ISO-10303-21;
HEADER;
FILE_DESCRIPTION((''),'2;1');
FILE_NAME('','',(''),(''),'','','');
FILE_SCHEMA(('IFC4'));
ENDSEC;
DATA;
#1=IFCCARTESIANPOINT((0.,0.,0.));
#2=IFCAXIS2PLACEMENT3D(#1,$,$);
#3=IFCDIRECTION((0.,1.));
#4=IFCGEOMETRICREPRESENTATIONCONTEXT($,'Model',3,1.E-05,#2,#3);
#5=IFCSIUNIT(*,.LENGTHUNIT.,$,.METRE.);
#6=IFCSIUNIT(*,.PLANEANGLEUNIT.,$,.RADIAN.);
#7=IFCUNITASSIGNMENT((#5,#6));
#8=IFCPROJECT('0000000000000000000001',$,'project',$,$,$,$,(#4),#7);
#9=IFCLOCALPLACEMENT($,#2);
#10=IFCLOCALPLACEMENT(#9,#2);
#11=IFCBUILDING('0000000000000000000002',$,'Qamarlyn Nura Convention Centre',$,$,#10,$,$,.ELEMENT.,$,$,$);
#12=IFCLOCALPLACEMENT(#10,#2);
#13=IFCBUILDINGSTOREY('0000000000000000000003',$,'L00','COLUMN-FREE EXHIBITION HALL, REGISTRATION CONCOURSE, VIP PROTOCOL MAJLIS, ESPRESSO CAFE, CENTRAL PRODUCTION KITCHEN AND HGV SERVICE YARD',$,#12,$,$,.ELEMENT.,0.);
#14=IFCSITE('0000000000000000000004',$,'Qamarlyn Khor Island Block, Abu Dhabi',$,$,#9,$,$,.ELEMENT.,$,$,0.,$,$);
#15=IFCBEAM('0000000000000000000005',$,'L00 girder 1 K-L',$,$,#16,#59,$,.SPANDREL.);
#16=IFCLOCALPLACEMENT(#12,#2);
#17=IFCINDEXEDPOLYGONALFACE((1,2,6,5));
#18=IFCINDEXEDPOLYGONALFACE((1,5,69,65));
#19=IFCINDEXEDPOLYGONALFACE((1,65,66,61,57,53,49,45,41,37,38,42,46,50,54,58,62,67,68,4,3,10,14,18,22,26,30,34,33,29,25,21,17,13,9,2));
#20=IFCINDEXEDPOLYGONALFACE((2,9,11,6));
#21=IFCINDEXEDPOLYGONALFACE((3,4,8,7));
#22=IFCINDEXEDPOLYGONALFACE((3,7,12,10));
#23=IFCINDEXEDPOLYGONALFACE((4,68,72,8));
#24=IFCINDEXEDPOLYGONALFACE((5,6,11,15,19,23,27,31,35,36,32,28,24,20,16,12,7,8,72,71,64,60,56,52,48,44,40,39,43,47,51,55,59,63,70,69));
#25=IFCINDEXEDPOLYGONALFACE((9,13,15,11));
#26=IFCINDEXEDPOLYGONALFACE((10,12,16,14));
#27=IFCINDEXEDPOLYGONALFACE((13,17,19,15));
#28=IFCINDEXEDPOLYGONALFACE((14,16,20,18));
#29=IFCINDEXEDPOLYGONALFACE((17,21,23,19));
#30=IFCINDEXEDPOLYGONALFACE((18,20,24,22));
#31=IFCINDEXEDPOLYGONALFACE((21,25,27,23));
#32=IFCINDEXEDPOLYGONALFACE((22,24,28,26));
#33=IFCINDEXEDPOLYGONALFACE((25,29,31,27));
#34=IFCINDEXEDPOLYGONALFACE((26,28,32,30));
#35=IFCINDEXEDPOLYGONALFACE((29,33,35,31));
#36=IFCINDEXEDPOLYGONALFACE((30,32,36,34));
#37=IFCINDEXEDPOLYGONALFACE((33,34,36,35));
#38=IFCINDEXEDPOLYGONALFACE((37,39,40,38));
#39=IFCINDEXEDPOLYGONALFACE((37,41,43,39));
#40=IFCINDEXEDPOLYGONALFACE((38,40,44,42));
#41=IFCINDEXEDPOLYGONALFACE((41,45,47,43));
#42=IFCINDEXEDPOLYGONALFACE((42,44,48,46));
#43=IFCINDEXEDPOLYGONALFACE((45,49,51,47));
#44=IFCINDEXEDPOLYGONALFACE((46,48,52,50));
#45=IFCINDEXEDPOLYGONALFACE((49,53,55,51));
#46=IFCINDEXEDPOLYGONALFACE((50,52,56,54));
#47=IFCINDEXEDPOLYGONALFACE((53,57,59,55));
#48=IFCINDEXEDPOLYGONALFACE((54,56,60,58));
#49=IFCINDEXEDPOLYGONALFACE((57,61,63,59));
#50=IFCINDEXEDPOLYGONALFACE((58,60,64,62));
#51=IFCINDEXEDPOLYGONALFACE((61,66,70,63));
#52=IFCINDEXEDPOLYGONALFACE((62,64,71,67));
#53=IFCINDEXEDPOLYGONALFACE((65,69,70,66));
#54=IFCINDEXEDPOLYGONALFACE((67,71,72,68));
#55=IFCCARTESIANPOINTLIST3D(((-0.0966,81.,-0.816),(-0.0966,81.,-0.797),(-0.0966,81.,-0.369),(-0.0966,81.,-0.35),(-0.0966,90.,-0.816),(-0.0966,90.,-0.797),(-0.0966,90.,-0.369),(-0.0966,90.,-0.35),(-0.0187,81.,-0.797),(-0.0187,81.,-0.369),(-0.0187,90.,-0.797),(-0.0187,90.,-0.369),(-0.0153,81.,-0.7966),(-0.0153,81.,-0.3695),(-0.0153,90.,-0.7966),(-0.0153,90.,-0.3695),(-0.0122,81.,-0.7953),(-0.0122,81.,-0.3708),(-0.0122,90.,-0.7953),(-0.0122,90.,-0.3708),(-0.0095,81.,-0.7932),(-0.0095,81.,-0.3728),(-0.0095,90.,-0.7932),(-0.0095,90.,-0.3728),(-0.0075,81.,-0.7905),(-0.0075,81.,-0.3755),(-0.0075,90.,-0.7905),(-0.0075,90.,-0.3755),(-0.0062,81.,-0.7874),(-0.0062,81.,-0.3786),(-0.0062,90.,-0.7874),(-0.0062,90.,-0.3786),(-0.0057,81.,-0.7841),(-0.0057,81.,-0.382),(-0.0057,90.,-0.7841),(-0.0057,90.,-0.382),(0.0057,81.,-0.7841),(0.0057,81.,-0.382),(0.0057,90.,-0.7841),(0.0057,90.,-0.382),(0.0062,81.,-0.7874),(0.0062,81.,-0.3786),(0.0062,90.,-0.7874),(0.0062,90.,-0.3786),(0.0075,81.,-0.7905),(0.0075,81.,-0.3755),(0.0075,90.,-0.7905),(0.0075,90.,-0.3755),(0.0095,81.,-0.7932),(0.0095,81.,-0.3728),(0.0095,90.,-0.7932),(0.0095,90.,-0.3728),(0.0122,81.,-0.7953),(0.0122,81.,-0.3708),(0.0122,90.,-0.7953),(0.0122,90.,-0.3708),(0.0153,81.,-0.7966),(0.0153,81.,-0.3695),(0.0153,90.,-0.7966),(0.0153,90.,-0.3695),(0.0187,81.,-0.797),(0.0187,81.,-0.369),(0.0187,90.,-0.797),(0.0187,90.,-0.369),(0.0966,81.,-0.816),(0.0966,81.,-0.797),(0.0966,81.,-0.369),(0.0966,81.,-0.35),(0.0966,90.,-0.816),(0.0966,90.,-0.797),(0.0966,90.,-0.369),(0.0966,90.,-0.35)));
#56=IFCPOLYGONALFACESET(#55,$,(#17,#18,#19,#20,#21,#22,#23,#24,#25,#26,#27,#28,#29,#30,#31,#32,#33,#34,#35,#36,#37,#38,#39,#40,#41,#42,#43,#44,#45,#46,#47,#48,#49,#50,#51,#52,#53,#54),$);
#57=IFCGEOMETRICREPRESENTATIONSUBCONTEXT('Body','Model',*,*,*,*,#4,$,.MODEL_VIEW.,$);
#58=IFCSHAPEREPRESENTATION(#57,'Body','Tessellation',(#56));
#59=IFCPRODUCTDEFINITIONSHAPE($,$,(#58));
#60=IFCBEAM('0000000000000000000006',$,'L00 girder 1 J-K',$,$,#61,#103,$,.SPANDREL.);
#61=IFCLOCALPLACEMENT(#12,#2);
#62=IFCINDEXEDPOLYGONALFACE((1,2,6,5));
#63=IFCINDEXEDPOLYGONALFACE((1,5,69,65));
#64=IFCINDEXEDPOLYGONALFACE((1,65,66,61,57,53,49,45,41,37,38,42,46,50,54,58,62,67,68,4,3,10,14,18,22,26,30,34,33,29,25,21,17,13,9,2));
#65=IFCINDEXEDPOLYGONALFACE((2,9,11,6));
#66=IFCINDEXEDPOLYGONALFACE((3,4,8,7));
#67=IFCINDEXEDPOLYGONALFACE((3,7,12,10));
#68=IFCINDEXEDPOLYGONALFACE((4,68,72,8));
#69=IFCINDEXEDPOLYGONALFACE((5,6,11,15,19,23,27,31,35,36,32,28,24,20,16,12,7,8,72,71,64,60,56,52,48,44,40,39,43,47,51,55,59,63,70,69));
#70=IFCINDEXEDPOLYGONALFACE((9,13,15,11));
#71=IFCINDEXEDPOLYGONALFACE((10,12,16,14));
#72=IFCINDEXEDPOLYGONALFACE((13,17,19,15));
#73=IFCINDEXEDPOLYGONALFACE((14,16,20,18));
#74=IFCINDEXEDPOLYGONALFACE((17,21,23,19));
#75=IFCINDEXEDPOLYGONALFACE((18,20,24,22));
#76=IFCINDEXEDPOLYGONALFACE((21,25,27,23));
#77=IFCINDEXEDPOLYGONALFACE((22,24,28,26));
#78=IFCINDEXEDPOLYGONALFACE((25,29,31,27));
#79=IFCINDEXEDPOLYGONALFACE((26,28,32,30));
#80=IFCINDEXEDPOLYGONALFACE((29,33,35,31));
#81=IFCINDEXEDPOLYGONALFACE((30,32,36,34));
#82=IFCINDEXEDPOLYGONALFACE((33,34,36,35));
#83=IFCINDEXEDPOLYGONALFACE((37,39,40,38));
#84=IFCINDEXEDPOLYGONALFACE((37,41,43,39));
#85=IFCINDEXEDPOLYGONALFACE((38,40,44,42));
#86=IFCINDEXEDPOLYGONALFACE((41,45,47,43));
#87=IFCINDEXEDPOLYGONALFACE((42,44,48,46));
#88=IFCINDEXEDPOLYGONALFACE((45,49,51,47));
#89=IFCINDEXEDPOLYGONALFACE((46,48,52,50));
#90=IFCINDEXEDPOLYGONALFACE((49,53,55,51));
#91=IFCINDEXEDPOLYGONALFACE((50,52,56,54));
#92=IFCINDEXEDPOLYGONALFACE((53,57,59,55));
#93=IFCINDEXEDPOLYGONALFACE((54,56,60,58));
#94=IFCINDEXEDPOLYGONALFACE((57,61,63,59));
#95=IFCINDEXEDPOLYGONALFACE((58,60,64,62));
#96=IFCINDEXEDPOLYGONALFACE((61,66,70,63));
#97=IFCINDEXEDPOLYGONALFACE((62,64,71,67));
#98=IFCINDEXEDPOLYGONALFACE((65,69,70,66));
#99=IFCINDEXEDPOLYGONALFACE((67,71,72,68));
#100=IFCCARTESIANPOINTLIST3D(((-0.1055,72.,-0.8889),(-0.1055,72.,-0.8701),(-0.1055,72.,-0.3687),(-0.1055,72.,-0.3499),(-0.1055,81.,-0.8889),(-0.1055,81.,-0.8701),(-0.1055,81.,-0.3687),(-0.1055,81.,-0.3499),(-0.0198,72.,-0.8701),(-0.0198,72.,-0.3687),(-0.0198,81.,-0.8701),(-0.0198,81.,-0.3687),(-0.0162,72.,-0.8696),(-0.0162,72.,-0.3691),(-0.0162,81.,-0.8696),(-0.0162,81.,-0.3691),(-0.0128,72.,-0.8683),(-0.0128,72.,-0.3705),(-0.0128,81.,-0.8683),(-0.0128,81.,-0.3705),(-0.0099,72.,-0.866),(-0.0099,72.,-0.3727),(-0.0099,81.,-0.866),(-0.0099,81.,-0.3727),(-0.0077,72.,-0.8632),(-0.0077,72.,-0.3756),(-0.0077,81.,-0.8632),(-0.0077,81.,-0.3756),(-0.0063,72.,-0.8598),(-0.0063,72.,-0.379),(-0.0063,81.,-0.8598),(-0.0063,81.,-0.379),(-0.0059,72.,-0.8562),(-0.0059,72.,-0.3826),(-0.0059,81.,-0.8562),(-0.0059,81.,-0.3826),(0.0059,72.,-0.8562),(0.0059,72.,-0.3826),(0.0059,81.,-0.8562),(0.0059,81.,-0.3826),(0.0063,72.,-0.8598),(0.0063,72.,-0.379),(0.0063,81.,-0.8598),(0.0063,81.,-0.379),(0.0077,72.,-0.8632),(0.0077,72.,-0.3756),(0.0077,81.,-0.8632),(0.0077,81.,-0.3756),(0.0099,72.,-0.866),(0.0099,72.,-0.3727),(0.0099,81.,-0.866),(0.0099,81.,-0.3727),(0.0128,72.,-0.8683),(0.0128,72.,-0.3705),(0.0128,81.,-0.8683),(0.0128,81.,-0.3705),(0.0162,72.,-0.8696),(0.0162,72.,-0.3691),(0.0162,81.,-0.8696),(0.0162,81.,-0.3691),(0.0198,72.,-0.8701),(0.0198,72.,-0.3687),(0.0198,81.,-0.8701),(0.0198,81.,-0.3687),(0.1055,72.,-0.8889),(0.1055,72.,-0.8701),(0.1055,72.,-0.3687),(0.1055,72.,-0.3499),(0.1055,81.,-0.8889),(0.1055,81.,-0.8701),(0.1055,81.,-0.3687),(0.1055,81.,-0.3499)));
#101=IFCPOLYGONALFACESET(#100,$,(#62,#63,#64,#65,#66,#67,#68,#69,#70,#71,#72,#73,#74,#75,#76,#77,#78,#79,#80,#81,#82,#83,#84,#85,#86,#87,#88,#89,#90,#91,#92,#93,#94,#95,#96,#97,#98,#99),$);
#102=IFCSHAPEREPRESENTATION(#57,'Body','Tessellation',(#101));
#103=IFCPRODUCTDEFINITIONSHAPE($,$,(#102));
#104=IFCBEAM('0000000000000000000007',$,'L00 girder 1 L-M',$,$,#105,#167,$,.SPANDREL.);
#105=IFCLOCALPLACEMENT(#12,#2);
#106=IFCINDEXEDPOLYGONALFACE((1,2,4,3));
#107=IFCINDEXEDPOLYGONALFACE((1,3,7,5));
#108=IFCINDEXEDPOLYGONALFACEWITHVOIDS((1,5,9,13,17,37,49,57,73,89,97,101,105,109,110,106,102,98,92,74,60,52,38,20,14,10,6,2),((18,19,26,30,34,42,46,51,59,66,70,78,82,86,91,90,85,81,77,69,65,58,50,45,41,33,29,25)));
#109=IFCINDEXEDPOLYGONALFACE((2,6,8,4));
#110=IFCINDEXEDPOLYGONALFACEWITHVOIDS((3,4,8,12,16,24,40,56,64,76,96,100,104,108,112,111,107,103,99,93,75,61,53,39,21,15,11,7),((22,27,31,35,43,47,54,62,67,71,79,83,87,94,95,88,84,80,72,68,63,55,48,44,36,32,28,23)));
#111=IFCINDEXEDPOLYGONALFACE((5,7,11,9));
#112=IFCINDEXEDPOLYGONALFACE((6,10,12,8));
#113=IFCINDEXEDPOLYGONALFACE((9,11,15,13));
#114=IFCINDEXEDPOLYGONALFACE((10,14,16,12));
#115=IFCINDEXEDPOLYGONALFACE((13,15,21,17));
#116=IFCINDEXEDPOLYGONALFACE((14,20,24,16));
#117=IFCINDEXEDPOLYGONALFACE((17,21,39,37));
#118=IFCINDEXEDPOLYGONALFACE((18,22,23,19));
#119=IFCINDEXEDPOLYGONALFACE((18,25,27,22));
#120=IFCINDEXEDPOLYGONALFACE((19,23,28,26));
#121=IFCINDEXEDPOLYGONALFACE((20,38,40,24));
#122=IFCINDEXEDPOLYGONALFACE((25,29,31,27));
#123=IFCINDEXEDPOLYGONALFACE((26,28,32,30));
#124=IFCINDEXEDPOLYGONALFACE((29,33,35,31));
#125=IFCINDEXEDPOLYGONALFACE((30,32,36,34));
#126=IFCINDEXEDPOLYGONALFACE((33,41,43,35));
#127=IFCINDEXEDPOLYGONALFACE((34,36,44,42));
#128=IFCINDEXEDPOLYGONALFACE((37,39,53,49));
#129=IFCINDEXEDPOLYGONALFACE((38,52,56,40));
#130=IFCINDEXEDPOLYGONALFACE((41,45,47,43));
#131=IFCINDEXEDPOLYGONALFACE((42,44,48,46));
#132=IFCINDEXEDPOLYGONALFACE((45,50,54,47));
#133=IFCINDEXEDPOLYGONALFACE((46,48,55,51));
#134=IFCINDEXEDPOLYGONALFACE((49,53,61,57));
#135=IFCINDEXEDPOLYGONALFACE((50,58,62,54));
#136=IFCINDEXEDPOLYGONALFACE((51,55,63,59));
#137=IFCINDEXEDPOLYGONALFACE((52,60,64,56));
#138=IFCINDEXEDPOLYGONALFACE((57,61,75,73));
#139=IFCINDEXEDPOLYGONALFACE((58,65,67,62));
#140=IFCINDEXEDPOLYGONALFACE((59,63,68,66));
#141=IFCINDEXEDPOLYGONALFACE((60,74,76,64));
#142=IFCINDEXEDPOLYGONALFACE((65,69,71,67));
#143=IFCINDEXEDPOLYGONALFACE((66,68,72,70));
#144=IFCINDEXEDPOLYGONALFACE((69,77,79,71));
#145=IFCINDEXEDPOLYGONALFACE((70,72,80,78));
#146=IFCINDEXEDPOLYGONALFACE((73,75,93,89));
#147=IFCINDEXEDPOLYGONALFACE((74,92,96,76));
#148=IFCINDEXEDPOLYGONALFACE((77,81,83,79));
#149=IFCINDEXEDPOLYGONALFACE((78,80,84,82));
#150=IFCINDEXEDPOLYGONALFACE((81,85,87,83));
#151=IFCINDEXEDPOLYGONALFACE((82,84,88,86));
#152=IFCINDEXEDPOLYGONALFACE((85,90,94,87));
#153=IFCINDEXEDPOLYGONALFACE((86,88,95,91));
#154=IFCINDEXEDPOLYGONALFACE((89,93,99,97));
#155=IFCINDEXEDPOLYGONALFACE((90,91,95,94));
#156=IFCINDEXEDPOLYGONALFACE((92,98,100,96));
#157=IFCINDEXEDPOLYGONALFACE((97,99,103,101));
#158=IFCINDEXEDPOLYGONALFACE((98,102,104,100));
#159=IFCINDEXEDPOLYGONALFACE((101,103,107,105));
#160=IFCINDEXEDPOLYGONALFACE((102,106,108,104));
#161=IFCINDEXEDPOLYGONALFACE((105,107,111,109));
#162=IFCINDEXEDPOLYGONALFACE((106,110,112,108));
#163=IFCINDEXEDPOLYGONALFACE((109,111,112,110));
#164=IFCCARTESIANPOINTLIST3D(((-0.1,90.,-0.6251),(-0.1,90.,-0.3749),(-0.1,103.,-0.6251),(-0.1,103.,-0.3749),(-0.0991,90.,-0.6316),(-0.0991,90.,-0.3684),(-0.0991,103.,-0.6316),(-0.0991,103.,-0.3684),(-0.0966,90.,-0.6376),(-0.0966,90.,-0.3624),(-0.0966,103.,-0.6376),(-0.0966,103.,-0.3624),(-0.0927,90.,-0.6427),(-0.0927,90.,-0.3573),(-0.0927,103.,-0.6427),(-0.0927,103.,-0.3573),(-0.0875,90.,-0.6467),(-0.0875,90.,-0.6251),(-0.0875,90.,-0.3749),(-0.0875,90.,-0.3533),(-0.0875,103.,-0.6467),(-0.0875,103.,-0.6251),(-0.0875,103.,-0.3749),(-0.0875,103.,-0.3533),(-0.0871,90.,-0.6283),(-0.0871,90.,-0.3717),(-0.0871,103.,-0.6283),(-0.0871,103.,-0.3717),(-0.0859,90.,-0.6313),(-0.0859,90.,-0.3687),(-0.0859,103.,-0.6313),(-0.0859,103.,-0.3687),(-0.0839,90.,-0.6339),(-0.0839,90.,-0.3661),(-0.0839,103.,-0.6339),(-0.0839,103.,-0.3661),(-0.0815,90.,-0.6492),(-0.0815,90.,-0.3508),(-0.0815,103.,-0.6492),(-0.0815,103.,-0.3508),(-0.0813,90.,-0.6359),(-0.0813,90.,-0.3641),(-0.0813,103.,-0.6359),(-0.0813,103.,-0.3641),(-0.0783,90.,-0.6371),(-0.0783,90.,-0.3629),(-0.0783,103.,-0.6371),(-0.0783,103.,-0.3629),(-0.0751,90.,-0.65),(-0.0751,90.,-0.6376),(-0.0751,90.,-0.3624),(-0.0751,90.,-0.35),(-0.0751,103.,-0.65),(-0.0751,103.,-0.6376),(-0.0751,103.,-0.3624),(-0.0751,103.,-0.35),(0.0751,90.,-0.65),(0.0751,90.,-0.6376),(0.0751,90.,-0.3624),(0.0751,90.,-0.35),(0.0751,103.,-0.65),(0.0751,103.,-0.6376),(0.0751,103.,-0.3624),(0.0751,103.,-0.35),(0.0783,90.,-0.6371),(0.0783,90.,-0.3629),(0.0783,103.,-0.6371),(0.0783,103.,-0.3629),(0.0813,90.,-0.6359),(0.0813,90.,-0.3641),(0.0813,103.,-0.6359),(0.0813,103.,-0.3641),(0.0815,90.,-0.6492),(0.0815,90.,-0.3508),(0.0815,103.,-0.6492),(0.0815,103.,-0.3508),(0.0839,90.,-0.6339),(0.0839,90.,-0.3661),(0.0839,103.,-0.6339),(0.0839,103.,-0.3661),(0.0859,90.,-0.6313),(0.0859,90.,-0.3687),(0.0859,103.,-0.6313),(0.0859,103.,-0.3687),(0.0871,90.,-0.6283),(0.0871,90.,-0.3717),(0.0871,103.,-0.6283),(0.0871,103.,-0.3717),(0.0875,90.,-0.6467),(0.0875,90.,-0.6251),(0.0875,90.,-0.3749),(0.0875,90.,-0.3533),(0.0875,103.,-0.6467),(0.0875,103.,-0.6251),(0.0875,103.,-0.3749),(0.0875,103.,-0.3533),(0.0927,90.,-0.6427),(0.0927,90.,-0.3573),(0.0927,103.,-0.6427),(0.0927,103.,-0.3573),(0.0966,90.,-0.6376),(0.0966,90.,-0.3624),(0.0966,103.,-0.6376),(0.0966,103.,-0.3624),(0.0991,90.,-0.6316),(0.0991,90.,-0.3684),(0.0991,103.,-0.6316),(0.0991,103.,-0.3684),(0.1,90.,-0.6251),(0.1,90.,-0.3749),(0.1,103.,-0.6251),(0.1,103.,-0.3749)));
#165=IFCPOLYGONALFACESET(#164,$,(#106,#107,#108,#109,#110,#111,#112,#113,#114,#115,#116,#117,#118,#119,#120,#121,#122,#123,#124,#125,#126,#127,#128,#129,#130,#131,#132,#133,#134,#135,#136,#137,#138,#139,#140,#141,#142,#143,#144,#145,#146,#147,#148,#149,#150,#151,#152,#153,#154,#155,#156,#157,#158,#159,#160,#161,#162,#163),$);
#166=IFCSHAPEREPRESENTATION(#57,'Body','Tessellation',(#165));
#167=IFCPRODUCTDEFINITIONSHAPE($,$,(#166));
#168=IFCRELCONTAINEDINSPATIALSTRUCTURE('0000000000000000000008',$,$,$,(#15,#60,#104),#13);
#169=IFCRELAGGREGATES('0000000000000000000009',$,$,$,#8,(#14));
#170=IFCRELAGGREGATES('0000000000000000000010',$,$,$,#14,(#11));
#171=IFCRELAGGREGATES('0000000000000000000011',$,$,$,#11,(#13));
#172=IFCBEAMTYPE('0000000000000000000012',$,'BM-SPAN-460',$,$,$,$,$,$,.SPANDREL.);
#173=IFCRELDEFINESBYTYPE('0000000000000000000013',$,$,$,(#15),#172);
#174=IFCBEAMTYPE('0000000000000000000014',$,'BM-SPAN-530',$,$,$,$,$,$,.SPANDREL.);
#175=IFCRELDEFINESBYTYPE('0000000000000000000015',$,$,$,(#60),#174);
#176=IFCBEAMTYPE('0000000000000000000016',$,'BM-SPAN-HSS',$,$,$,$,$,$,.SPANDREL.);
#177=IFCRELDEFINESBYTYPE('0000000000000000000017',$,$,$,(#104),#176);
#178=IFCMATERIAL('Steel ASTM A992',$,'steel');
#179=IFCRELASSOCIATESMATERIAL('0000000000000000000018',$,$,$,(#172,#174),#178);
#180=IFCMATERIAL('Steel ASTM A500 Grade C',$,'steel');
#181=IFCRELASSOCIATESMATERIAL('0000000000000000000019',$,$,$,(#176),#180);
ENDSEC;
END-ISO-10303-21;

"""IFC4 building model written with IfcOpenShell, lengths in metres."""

from ifc_helpers import new_model, si_unit, direction, frame, origin, origin_2d, place, context, subcontext, project, spatial, hollow_rectangle, i_section, extrude, material, material_profile, profile_set, type_object, element, save


model = new_model("IFC4")

# Units and contexts
model_context = context("Model", 3, precision=1e-05, world=origin(), true_north=direction((0.0, 1.0)))
body_context = subcontext(model_context, "Body", "Model", "MODEL_VIEW")
ifc_project = project(units=[si_unit("LENGTHUNIT", "METRE"), si_unit("PLANEANGLEUNIT", "RADIAN")], contexts=[model_context])

# Site, building, storey
site_placement = place(None, origin())
site = spatial("IfcSite", under=ifc_project, at=site_placement, Name="Qamarlyn Khor Island Block, Abu Dhabi", CompositionType="ELEMENT", RefElevation=0.0)
building_placement = place(site_placement, origin())
building = spatial("IfcBuilding", under=site, at=building_placement, Name="Qamarlyn Nura Convention Centre", CompositionType="ELEMENT")
storey_placement = place(building_placement, origin())
storey = spatial("IfcBuildingStorey", under=building, at=storey_placement, Name="L00", Description="COLUMN-FREE EXHIBITION HALL, REGISTRATION CONCOURSE, VIP PROTOCOL MAJLIS, ESPRESSO CAFE, CENTRAL PRODUCTION KITCHEN AND HGV SERVICE YARD", CompositionType="ELEMENT", Elevation=0.0)

# Beams
ifc_material_1 = material(Name="Steel ASTM A992", Category="steel")
ifc_material_profile_1 = material_profile(ifc_material_1, i_section(OverallWidth=0.1931, OverallDepth=0.4661, WebThickness=0.0115, FlangeThickness=0.019, FilletRadius=0.0129, at=origin_2d()), Name="W460X97")
ifc_profile_set_1 = profile_set([ifc_material_profile_1], Name="Steel ASTM A992")
beam_type_1 = type_object("IfcBeamType", Name="BM-SPAN-460", PredefinedType="SPANDREL", material=ifc_profile_set_1)
beam_1_placement = place(storey_placement, frame((0.0, 81.0, -0.583), z_axis=(0.0, 1.0, 0.0), x_axis=(-1.0, 0.0, 0.0)))
element("IfcBeam", 1, at=beam_1_placement, inside=storey, type_object=beam_type_1, Name="L00 girder 1 K-L", PredefinedType="SPANDREL", context=body_context, shape_type="SweptSolid", body=[
    extrude(i_section(OverallWidth=0.1931, OverallDepth=0.4661, WebThickness=0.0115, FlangeThickness=0.019, FilletRadius=0.0129, at=origin_2d()), origin(), (0.0, 0.0, 1.0), 9.0),
])
ifc_material_profile_2 = material_profile(ifc_material_1, i_section(OverallWidth=0.2109, OverallDepth=0.5391, WebThickness=0.0117, FlangeThickness=0.0188, FilletRadius=0.0139, at=origin_2d()), Name="W530X109")
ifc_profile_set_2 = profile_set([ifc_material_profile_2], Name="Steel ASTM A992")
beam_type_2 = type_object("IfcBeamType", Name="BM-SPAN-530", PredefinedType="SPANDREL", material=ifc_profile_set_2)
beam_2_placement = place(storey_placement, frame((0.0, 72.0, -0.6194), z_axis=(0.0, 1.0, 0.0), x_axis=(-1.0, 0.0, 0.0)))
element("IfcBeam", 2, at=beam_2_placement, inside=storey, type_object=beam_type_2, Name="L00 girder 1 J-K", PredefinedType="SPANDREL", context=body_context, shape_type="SweptSolid", body=[
    extrude(i_section(OverallWidth=0.2109, OverallDepth=0.5391, WebThickness=0.0117, FlangeThickness=0.0188, FilletRadius=0.0139, at=origin_2d()), origin(), (0.0, 0.0, 1.0), 9.0),
])
ifc_material_2 = material(Name="Steel ASTM A500 Grade C", Category="steel")
ifc_material_profile_3 = material_profile(ifc_material_2, hollow_rectangle(XDim=0.2, YDim=0.3, WallThickness=0.0125, InnerFilletRadius=0.0125, OuterFilletRadius=0.0249, at=origin_2d()), Name="HSS300X200X12.5")
ifc_profile_set_3 = profile_set([ifc_material_profile_3], Name="Steel ASTM A500 Grade C")
beam_type_3 = type_object("IfcBeamType", Name="BM-SPAN-HSS", PredefinedType="SPANDREL", material=ifc_profile_set_3)
beam_3_placement = place(storey_placement, frame((0.0, 90.0, -0.5), z_axis=(0.0, 1.0, 0.0), x_axis=(-1.0, 0.0, 0.0)))
element("IfcBeam", 3, at=beam_3_placement, inside=storey, type_object=beam_type_3, Name="L00 girder 1 L-M", PredefinedType="SPANDREL", context=body_context, shape_type="SweptSolid", body=[
    extrude(hollow_rectangle(XDim=0.2, YDim=0.3, WallThickness=0.0125, InnerFilletRadius=0.0125, OuterFilletRadius=0.0249, at=origin_2d()), origin(), (0.0, 0.0, 1.0), 13.0),
])

save(model, "model.ifc")
